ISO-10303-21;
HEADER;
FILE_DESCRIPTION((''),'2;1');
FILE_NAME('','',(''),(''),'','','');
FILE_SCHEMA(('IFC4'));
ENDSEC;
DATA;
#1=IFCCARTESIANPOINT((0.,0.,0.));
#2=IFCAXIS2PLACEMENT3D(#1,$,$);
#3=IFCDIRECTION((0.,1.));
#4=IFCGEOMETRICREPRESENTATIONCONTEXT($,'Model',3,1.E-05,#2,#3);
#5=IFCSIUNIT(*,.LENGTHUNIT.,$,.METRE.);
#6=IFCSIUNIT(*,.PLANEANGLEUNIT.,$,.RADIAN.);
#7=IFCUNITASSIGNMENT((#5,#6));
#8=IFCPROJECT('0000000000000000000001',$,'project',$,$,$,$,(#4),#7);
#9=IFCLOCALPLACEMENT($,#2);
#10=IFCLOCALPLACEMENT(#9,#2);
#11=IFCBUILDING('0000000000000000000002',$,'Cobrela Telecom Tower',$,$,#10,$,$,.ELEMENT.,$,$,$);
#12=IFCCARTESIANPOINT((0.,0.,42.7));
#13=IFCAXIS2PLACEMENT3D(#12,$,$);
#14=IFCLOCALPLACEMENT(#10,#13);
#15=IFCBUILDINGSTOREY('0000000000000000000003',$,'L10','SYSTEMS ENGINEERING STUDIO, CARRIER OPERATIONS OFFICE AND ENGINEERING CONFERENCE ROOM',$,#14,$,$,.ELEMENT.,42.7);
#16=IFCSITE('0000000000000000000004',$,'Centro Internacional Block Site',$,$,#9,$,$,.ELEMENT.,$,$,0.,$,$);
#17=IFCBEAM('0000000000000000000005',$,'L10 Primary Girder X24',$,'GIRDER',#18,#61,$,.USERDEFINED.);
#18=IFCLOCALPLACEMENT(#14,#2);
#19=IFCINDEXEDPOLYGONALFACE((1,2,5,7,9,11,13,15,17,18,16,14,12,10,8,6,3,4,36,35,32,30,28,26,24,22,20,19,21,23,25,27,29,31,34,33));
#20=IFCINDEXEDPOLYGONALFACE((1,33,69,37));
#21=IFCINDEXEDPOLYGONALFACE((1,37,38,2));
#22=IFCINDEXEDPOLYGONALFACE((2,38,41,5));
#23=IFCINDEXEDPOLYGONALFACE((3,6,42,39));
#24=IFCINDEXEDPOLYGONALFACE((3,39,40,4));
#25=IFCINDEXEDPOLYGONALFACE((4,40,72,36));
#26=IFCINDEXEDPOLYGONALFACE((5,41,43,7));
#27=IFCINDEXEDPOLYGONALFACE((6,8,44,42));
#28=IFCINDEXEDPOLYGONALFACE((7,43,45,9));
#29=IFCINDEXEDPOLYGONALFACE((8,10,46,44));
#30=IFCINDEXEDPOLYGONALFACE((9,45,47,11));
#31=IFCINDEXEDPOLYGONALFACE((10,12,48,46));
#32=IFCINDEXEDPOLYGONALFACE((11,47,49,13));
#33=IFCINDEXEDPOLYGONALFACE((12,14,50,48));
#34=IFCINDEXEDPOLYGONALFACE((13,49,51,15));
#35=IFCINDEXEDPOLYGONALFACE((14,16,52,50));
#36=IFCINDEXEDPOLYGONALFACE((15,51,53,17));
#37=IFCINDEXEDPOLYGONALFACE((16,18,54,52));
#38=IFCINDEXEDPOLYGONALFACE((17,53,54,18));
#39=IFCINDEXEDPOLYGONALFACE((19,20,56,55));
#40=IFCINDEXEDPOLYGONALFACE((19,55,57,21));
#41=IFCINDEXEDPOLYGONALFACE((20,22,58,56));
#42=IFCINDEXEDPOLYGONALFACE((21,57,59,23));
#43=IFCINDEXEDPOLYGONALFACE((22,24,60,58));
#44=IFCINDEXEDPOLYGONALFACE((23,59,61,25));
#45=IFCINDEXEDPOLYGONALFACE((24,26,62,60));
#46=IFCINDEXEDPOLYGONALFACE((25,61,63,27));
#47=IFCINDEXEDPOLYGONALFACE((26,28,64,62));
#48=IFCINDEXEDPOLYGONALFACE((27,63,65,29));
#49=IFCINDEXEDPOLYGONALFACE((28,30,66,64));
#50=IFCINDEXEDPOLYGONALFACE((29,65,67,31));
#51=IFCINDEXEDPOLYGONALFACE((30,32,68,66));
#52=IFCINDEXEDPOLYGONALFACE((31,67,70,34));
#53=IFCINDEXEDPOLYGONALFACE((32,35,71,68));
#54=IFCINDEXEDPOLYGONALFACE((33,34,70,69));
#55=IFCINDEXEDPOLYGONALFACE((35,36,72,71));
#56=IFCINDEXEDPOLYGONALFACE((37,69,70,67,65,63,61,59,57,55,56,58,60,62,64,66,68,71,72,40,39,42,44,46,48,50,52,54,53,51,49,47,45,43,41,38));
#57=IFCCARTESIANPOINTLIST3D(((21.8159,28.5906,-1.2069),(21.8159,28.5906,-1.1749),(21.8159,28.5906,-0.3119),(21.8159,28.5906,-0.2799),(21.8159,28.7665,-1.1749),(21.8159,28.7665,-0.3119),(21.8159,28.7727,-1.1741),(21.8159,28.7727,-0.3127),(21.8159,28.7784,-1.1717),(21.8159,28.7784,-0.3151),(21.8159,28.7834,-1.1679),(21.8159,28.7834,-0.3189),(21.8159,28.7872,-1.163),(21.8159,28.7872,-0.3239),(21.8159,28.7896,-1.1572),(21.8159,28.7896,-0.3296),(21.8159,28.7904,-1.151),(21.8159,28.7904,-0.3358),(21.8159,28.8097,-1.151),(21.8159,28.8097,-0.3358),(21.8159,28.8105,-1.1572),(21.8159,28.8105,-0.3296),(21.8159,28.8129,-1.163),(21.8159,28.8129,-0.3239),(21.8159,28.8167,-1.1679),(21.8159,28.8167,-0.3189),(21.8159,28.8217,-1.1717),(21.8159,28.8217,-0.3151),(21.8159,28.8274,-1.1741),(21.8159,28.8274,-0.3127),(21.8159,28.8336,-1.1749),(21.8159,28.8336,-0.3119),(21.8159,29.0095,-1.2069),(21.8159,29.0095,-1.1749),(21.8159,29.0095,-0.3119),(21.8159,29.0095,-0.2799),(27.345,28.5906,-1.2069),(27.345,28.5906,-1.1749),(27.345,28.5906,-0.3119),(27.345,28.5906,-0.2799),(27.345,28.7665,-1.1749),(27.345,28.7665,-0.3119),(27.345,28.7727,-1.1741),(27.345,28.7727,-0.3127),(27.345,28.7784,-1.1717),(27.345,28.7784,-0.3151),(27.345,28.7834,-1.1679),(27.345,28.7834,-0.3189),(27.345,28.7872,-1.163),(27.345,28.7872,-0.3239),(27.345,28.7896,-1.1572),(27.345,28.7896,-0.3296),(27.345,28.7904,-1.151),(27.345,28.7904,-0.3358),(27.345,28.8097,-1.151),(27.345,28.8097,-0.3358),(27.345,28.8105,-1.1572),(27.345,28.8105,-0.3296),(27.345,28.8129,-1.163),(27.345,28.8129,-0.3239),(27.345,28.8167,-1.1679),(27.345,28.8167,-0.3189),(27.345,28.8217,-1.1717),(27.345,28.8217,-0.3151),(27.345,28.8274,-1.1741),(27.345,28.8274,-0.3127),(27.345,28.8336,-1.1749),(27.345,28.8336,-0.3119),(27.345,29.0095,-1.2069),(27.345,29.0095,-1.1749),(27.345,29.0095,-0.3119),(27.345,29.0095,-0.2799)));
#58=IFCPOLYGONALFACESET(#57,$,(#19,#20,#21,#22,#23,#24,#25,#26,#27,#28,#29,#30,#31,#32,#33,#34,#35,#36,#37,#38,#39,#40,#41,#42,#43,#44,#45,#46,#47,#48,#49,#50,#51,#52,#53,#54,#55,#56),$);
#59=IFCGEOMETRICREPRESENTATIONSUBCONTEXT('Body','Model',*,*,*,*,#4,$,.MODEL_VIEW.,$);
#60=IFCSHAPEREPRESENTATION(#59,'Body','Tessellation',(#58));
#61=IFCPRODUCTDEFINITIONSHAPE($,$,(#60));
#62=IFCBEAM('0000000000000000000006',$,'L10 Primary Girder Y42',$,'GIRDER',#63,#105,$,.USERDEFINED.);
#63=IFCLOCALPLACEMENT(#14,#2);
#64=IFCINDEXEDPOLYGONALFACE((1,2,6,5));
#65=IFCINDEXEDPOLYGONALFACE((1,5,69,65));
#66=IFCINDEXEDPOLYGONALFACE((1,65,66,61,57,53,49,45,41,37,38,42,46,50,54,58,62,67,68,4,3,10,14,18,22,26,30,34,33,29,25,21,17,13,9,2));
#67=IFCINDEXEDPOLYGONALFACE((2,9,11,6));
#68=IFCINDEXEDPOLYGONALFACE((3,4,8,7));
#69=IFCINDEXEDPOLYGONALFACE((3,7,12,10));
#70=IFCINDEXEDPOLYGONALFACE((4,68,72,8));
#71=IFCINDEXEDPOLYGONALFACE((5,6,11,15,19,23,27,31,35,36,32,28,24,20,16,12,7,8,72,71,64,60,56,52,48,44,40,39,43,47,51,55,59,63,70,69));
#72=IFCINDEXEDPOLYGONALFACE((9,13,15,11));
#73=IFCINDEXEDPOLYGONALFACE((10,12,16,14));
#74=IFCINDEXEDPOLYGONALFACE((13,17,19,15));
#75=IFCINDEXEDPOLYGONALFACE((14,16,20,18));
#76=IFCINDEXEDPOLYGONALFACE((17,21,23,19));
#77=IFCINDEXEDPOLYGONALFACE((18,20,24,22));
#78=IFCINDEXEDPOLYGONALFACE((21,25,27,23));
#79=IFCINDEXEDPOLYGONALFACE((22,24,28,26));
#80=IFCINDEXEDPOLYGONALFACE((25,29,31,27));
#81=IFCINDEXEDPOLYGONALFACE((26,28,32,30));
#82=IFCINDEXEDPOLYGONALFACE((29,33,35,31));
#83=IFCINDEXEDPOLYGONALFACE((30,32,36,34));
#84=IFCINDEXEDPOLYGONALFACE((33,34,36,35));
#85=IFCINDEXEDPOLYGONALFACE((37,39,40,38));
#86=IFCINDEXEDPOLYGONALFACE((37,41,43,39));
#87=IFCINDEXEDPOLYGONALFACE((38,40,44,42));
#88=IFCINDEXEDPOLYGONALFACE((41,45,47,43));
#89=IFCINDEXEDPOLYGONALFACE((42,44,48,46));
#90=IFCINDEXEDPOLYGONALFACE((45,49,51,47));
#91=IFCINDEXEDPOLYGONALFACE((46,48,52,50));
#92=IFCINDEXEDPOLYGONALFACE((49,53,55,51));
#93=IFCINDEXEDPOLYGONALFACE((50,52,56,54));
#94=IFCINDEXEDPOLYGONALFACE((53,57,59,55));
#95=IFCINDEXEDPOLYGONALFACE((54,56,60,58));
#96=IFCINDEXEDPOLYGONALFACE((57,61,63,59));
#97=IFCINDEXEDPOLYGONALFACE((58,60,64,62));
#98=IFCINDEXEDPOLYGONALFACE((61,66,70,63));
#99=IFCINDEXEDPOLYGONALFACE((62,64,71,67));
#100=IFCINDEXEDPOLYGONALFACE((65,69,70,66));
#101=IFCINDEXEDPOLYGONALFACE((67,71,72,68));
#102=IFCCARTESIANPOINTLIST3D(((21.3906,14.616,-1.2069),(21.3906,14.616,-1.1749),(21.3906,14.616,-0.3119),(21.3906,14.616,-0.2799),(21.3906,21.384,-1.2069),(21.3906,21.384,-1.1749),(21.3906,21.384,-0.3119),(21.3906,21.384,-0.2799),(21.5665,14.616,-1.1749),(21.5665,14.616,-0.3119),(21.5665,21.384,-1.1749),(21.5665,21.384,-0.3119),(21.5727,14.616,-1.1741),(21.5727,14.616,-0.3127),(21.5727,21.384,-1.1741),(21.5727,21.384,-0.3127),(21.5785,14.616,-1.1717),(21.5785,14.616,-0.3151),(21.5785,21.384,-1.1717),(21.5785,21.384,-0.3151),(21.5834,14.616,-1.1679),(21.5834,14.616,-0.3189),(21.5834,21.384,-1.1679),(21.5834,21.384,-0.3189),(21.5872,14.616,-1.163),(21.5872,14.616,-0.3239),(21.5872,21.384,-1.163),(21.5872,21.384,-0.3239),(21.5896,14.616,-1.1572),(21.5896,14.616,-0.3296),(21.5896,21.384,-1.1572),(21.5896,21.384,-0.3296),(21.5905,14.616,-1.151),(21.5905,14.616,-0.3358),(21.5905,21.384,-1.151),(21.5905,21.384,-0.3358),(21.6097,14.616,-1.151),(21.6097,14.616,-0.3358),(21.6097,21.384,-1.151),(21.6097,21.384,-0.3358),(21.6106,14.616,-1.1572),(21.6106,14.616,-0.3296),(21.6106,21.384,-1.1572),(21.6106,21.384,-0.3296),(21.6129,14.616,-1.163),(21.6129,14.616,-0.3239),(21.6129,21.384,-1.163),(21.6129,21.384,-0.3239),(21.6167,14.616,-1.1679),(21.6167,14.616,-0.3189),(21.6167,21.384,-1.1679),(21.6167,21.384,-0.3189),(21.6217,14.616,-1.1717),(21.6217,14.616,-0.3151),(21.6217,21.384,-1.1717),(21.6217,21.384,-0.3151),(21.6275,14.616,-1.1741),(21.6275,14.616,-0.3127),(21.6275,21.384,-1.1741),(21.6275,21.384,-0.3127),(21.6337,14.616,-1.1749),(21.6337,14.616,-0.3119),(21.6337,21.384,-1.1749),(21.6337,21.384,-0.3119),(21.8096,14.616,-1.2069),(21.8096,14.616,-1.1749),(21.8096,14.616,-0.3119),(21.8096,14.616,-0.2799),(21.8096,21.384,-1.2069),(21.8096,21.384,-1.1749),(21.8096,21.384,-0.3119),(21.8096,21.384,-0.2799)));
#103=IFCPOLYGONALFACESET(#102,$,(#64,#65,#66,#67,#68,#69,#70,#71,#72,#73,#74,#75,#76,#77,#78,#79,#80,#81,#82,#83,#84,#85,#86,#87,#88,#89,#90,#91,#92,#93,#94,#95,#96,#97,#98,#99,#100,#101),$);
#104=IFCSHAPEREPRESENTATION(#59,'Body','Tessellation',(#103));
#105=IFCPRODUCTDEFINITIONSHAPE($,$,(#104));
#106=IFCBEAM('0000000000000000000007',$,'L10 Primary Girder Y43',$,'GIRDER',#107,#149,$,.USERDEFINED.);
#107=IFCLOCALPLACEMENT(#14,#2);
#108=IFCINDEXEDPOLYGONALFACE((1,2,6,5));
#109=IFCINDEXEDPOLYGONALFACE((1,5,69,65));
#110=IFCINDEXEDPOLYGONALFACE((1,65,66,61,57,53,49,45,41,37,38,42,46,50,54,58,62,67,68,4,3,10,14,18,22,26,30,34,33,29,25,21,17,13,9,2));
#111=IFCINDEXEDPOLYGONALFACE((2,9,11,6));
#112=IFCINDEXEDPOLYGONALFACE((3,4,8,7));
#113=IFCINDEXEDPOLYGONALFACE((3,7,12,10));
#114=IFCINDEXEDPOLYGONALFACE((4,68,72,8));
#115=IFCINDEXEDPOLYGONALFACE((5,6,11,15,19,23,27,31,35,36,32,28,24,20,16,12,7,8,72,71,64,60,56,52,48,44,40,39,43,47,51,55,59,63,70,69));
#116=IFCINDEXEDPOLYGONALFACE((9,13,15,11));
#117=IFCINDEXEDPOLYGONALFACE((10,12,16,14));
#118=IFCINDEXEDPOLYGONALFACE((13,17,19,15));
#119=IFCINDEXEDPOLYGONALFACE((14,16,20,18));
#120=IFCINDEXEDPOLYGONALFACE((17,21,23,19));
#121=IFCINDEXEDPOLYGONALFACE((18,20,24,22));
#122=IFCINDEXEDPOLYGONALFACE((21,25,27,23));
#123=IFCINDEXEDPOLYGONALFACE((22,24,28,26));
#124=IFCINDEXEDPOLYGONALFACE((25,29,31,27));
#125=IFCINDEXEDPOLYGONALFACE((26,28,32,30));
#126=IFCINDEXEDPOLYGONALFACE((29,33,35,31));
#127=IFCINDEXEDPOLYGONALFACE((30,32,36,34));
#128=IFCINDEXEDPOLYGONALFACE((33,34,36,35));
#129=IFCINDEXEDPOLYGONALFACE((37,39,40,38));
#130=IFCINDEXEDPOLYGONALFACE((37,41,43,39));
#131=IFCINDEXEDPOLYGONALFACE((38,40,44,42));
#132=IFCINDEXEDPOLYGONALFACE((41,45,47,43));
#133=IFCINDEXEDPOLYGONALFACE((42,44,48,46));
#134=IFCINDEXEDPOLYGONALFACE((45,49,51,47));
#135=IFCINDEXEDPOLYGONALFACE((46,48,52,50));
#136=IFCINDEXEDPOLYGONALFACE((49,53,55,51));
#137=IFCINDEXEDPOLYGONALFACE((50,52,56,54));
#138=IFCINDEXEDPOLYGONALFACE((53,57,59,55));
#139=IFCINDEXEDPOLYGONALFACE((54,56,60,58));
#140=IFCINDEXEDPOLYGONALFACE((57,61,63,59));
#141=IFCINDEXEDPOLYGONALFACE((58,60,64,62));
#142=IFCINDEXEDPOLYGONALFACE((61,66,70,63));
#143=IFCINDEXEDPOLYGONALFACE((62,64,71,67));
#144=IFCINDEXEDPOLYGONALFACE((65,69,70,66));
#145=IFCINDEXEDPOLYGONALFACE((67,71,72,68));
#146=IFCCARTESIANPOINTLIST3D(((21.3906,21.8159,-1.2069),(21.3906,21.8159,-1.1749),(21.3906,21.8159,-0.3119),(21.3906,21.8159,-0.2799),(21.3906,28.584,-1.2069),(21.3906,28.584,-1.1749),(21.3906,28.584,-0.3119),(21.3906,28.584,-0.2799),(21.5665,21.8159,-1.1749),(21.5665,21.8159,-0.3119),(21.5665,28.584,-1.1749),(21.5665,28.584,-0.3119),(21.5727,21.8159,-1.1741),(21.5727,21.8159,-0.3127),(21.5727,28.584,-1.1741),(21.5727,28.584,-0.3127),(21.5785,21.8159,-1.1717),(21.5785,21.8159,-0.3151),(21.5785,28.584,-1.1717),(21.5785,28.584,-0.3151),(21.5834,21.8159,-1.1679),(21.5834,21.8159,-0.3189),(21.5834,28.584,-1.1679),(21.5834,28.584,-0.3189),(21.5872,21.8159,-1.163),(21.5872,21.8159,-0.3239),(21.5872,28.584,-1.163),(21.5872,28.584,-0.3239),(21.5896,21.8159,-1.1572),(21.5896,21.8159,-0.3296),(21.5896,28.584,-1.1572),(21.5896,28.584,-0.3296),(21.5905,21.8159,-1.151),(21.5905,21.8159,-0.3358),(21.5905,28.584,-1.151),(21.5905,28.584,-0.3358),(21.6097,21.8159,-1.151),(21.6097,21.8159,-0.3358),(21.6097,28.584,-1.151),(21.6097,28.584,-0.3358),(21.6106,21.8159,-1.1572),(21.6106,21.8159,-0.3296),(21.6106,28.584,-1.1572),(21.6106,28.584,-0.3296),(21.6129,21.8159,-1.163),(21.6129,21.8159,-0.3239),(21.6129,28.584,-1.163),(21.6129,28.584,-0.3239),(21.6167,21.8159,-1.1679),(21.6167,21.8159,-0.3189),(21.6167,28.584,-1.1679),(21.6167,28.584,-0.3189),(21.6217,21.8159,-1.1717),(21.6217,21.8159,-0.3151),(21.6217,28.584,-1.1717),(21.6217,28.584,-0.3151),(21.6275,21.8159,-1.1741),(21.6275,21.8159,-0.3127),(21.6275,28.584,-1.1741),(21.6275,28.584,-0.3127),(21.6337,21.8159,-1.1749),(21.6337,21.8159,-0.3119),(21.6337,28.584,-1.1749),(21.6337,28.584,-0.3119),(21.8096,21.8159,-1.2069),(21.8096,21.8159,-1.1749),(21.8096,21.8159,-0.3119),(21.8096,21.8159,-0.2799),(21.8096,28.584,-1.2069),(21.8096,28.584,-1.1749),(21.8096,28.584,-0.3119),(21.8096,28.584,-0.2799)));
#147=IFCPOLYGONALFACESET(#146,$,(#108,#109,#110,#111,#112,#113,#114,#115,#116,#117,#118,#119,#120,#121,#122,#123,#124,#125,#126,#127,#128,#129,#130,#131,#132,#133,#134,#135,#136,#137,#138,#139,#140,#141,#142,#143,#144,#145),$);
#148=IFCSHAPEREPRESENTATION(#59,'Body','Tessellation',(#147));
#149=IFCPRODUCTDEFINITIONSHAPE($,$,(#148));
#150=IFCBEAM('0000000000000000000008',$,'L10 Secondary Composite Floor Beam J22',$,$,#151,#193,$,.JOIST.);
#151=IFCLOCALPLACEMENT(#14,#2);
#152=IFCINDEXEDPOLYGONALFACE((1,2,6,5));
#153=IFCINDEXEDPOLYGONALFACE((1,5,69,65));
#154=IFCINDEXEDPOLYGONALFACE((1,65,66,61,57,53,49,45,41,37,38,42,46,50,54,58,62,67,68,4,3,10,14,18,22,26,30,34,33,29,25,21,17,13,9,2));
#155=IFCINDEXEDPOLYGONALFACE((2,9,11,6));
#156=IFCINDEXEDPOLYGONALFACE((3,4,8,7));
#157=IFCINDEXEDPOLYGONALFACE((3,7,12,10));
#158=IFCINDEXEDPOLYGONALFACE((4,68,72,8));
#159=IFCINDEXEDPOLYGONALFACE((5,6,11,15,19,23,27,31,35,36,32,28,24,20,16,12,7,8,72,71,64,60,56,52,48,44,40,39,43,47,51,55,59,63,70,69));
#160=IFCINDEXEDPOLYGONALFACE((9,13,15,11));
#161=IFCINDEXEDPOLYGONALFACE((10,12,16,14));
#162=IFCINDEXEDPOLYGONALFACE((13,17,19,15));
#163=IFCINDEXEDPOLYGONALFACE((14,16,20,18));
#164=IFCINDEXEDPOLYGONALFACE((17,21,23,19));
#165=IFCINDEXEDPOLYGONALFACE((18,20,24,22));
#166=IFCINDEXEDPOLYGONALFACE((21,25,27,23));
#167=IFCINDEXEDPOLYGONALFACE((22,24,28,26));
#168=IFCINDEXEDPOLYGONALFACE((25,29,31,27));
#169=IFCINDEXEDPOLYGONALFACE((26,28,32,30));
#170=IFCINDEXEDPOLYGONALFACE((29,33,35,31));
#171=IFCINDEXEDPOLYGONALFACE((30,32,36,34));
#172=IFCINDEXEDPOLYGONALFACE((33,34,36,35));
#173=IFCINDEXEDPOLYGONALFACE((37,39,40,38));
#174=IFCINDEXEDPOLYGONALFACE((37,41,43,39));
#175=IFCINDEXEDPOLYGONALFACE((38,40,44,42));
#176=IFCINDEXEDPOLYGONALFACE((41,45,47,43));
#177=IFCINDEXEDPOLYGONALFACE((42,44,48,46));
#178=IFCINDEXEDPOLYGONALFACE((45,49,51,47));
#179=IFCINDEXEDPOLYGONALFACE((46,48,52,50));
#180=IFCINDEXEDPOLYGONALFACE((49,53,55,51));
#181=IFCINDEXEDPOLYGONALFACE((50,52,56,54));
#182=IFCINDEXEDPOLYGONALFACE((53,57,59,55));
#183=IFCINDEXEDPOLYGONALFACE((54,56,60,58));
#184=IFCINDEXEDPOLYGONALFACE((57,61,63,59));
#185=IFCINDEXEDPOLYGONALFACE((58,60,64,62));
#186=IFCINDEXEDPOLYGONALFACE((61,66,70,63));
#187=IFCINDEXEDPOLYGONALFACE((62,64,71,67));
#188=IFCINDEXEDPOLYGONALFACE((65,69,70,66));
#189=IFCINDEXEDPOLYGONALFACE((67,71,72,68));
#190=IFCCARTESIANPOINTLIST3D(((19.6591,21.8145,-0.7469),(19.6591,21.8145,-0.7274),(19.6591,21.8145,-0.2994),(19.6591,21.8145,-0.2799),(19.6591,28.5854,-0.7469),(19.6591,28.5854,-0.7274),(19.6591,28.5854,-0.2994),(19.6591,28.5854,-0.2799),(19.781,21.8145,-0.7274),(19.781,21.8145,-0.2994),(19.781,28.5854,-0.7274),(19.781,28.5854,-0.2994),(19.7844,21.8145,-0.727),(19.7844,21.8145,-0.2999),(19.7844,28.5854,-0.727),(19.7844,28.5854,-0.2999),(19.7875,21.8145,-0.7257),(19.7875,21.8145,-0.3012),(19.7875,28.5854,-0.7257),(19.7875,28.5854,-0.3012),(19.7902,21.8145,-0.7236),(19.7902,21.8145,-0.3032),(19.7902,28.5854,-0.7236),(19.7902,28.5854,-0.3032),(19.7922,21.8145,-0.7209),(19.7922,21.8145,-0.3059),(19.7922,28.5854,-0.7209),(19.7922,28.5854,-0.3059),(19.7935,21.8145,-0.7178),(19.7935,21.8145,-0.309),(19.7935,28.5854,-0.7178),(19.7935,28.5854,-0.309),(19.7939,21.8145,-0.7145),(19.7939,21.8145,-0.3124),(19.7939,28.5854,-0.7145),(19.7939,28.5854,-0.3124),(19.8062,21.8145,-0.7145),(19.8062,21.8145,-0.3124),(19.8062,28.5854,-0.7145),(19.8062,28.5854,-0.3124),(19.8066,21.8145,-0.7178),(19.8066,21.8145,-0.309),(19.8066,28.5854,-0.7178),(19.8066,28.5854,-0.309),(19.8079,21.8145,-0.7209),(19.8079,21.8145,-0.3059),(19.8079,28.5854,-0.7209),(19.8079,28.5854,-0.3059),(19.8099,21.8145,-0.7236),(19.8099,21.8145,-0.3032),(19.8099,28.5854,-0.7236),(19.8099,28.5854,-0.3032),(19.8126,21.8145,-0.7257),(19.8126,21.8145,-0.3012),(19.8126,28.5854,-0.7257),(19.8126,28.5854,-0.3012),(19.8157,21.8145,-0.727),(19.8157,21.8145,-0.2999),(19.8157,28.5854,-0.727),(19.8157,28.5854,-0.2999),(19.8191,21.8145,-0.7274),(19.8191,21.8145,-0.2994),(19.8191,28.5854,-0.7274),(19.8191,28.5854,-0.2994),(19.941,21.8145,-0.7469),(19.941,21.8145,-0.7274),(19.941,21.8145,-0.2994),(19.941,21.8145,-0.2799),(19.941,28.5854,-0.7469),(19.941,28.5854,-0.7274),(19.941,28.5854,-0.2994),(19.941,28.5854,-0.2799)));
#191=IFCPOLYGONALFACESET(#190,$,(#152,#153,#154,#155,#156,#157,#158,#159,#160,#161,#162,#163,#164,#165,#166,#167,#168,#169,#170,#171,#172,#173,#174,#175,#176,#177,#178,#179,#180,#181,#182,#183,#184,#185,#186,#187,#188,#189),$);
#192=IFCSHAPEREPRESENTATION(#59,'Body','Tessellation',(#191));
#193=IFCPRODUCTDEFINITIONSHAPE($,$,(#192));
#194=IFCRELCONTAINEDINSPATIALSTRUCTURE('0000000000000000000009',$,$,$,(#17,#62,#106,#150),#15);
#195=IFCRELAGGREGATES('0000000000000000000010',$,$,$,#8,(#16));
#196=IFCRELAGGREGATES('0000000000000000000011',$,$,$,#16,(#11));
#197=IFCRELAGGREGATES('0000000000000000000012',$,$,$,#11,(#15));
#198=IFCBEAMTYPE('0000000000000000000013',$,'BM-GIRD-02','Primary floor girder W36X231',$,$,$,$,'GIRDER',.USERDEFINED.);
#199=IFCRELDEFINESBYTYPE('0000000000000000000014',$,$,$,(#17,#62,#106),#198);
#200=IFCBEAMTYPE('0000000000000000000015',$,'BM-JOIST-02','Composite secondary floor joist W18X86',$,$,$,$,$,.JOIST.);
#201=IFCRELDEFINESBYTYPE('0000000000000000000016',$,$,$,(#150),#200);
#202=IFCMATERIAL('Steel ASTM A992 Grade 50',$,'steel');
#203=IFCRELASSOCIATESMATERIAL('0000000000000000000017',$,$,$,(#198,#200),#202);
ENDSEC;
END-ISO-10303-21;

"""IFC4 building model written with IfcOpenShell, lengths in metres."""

from ifc_helpers import new_model, si_unit, direction, frame, origin, origin_2d, place, context, subcontext, project, spatial, i_section, extrude, material, material_profile, profile_set, type_object, element, save


model = new_model("IFC4")

# Units and contexts
model_context = context("Model", 3, precision=1e-05, world=origin(), true_north=direction((0.0, 1.0)))
body_context = subcontext(model_context, "Body", "Model", "MODEL_VIEW")
ifc_project = project(units=[si_unit("LENGTHUNIT", "METRE"), si_unit("PLANEANGLEUNIT", "RADIAN")], contexts=[model_context])

# Site, building, storey
site_placement = place(None, origin())
site = spatial("IfcSite", under=ifc_project, at=site_placement, Name="Centro Internacional Block Site", CompositionType="ELEMENT", RefElevation=0.0)
building_placement = place(site_placement, origin())
building = spatial("IfcBuilding", under=site, at=building_placement, Name="Cobrela Telecom Tower", CompositionType="ELEMENT")
storey_placement = place(building_placement, frame((0.0, 0.0, 42.7)))
storey = spatial("IfcBuildingStorey", under=building, at=storey_placement, Name="L10", Description="SYSTEMS ENGINEERING STUDIO, CARRIER OPERATIONS OFFICE AND ENGINEERING CONFERENCE ROOM", CompositionType="ELEMENT", Elevation=42.7)

# Shared definitions
ifc_material_1 = material(Name="Steel ASTM A992 Grade 50", Category="steel")

# Beams
ifc_material_profile_1 = material_profile(ifc_material_1, i_section(OverallWidth=0.4189, OverallDepth=0.927, WebThickness=0.0193, FlangeThickness=0.032, FilletRadius=0.0239, at=origin_2d()), Name="W36X231")
ifc_profile_set_1 = profile_set([ifc_material_profile_1], Name="Steel ASTM A992 Grade 50")
beam_type_1 = type_object("IfcBeamType", Name="BM-GIRD-02", Description="Primary floor girder W36X231", ElementType="GIRDER", PredefinedType="USERDEFINED", material=ifc_profile_set_1)
beam_1_placement = place(storey_placement, frame((21.8159, 28.8, -0.7434), z_axis=(1.0, 0.0, 0.0), x_axis=(0.0, 1.0, 0.0)))
element("IfcBeam", 1, at=beam_1_placement, inside=storey, type_object=beam_type_1, Name="L10 Primary Girder X24", ObjectType="GIRDER", PredefinedType="USERDEFINED", context=body_context, shape_type="SweptSolid", body=[
    extrude(i_section(OverallWidth=0.4189, OverallDepth=0.927, WebThickness=0.0193, FlangeThickness=0.032, FilletRadius=0.0239, at=origin_2d()), origin(), (0.0, 0.0, 1.0), 5.5291),
])
for number, where, z_axis, x_axis, name in (
    (2, (21.6001, 14.616, -0.7434), (0.0, 1.0, 0.0), (-1.0, 0.0, 0.0), "L10 Primary Girder Y42"),
    (3, (21.6001, 21.8159, -0.7434), (0.0, 1.0, 0.0), (-1.0, 0.0, 0.0), "L10 Primary Girder Y43"),
):
    element("IfcBeam", number, at=place(storey_placement, frame(where, z_axis=z_axis, x_axis=x_axis)), inside=storey, type_object=beam_type_1, Name=name, ObjectType="GIRDER", PredefinedType="USERDEFINED", context=body_context, shape_type="SweptSolid", body=[
        extrude(i_section(OverallWidth=0.4189, OverallDepth=0.927, WebThickness=0.0193, FlangeThickness=0.032, FilletRadius=0.0239, at=origin_2d()), origin(), (0.0, 0.0, 1.0), 6.7681),
    ])
ifc_material_profile_2 = material_profile(ifc_material_1, i_section(OverallWidth=0.282, OverallDepth=0.467, WebThickness=0.0122, FlangeThickness=0.0195, FilletRadius=0.0129, at=origin_2d()), Name="W18X86")
ifc_profile_set_2 = profile_set([ifc_material_profile_2], Name="Steel ASTM A992 Grade 50")
beam_type_2 = type_object("IfcBeamType", Name="BM-JOIST-02", Description="Composite secondary floor joist W18X86", PredefinedType="JOIST", material=ifc_profile_set_2)
for number, where, z_axis, x_axis, name in (
    (4, (19.8, 21.8145, -0.5134), (0.0, 1.0, 0.0), (-1.0, 0.0, 0.0), "L10 Secondary Composite Floor Beam J22"),
):
    element("IfcBeam", number, at=place(storey_placement, frame(where, z_axis=z_axis, x_axis=x_axis)), inside=storey, type_object=beam_type_2, Name=name, PredefinedType="JOIST", context=body_context, shape_type="SweptSolid", body=[
        extrude(i_section(OverallWidth=0.282, OverallDepth=0.467, WebThickness=0.0122, FlangeThickness=0.0195, FilletRadius=0.0129, at=origin_2d()), origin(), (0.0, 0.0, 1.0), 6.771),
    ])

save(model, "model.ifc")
